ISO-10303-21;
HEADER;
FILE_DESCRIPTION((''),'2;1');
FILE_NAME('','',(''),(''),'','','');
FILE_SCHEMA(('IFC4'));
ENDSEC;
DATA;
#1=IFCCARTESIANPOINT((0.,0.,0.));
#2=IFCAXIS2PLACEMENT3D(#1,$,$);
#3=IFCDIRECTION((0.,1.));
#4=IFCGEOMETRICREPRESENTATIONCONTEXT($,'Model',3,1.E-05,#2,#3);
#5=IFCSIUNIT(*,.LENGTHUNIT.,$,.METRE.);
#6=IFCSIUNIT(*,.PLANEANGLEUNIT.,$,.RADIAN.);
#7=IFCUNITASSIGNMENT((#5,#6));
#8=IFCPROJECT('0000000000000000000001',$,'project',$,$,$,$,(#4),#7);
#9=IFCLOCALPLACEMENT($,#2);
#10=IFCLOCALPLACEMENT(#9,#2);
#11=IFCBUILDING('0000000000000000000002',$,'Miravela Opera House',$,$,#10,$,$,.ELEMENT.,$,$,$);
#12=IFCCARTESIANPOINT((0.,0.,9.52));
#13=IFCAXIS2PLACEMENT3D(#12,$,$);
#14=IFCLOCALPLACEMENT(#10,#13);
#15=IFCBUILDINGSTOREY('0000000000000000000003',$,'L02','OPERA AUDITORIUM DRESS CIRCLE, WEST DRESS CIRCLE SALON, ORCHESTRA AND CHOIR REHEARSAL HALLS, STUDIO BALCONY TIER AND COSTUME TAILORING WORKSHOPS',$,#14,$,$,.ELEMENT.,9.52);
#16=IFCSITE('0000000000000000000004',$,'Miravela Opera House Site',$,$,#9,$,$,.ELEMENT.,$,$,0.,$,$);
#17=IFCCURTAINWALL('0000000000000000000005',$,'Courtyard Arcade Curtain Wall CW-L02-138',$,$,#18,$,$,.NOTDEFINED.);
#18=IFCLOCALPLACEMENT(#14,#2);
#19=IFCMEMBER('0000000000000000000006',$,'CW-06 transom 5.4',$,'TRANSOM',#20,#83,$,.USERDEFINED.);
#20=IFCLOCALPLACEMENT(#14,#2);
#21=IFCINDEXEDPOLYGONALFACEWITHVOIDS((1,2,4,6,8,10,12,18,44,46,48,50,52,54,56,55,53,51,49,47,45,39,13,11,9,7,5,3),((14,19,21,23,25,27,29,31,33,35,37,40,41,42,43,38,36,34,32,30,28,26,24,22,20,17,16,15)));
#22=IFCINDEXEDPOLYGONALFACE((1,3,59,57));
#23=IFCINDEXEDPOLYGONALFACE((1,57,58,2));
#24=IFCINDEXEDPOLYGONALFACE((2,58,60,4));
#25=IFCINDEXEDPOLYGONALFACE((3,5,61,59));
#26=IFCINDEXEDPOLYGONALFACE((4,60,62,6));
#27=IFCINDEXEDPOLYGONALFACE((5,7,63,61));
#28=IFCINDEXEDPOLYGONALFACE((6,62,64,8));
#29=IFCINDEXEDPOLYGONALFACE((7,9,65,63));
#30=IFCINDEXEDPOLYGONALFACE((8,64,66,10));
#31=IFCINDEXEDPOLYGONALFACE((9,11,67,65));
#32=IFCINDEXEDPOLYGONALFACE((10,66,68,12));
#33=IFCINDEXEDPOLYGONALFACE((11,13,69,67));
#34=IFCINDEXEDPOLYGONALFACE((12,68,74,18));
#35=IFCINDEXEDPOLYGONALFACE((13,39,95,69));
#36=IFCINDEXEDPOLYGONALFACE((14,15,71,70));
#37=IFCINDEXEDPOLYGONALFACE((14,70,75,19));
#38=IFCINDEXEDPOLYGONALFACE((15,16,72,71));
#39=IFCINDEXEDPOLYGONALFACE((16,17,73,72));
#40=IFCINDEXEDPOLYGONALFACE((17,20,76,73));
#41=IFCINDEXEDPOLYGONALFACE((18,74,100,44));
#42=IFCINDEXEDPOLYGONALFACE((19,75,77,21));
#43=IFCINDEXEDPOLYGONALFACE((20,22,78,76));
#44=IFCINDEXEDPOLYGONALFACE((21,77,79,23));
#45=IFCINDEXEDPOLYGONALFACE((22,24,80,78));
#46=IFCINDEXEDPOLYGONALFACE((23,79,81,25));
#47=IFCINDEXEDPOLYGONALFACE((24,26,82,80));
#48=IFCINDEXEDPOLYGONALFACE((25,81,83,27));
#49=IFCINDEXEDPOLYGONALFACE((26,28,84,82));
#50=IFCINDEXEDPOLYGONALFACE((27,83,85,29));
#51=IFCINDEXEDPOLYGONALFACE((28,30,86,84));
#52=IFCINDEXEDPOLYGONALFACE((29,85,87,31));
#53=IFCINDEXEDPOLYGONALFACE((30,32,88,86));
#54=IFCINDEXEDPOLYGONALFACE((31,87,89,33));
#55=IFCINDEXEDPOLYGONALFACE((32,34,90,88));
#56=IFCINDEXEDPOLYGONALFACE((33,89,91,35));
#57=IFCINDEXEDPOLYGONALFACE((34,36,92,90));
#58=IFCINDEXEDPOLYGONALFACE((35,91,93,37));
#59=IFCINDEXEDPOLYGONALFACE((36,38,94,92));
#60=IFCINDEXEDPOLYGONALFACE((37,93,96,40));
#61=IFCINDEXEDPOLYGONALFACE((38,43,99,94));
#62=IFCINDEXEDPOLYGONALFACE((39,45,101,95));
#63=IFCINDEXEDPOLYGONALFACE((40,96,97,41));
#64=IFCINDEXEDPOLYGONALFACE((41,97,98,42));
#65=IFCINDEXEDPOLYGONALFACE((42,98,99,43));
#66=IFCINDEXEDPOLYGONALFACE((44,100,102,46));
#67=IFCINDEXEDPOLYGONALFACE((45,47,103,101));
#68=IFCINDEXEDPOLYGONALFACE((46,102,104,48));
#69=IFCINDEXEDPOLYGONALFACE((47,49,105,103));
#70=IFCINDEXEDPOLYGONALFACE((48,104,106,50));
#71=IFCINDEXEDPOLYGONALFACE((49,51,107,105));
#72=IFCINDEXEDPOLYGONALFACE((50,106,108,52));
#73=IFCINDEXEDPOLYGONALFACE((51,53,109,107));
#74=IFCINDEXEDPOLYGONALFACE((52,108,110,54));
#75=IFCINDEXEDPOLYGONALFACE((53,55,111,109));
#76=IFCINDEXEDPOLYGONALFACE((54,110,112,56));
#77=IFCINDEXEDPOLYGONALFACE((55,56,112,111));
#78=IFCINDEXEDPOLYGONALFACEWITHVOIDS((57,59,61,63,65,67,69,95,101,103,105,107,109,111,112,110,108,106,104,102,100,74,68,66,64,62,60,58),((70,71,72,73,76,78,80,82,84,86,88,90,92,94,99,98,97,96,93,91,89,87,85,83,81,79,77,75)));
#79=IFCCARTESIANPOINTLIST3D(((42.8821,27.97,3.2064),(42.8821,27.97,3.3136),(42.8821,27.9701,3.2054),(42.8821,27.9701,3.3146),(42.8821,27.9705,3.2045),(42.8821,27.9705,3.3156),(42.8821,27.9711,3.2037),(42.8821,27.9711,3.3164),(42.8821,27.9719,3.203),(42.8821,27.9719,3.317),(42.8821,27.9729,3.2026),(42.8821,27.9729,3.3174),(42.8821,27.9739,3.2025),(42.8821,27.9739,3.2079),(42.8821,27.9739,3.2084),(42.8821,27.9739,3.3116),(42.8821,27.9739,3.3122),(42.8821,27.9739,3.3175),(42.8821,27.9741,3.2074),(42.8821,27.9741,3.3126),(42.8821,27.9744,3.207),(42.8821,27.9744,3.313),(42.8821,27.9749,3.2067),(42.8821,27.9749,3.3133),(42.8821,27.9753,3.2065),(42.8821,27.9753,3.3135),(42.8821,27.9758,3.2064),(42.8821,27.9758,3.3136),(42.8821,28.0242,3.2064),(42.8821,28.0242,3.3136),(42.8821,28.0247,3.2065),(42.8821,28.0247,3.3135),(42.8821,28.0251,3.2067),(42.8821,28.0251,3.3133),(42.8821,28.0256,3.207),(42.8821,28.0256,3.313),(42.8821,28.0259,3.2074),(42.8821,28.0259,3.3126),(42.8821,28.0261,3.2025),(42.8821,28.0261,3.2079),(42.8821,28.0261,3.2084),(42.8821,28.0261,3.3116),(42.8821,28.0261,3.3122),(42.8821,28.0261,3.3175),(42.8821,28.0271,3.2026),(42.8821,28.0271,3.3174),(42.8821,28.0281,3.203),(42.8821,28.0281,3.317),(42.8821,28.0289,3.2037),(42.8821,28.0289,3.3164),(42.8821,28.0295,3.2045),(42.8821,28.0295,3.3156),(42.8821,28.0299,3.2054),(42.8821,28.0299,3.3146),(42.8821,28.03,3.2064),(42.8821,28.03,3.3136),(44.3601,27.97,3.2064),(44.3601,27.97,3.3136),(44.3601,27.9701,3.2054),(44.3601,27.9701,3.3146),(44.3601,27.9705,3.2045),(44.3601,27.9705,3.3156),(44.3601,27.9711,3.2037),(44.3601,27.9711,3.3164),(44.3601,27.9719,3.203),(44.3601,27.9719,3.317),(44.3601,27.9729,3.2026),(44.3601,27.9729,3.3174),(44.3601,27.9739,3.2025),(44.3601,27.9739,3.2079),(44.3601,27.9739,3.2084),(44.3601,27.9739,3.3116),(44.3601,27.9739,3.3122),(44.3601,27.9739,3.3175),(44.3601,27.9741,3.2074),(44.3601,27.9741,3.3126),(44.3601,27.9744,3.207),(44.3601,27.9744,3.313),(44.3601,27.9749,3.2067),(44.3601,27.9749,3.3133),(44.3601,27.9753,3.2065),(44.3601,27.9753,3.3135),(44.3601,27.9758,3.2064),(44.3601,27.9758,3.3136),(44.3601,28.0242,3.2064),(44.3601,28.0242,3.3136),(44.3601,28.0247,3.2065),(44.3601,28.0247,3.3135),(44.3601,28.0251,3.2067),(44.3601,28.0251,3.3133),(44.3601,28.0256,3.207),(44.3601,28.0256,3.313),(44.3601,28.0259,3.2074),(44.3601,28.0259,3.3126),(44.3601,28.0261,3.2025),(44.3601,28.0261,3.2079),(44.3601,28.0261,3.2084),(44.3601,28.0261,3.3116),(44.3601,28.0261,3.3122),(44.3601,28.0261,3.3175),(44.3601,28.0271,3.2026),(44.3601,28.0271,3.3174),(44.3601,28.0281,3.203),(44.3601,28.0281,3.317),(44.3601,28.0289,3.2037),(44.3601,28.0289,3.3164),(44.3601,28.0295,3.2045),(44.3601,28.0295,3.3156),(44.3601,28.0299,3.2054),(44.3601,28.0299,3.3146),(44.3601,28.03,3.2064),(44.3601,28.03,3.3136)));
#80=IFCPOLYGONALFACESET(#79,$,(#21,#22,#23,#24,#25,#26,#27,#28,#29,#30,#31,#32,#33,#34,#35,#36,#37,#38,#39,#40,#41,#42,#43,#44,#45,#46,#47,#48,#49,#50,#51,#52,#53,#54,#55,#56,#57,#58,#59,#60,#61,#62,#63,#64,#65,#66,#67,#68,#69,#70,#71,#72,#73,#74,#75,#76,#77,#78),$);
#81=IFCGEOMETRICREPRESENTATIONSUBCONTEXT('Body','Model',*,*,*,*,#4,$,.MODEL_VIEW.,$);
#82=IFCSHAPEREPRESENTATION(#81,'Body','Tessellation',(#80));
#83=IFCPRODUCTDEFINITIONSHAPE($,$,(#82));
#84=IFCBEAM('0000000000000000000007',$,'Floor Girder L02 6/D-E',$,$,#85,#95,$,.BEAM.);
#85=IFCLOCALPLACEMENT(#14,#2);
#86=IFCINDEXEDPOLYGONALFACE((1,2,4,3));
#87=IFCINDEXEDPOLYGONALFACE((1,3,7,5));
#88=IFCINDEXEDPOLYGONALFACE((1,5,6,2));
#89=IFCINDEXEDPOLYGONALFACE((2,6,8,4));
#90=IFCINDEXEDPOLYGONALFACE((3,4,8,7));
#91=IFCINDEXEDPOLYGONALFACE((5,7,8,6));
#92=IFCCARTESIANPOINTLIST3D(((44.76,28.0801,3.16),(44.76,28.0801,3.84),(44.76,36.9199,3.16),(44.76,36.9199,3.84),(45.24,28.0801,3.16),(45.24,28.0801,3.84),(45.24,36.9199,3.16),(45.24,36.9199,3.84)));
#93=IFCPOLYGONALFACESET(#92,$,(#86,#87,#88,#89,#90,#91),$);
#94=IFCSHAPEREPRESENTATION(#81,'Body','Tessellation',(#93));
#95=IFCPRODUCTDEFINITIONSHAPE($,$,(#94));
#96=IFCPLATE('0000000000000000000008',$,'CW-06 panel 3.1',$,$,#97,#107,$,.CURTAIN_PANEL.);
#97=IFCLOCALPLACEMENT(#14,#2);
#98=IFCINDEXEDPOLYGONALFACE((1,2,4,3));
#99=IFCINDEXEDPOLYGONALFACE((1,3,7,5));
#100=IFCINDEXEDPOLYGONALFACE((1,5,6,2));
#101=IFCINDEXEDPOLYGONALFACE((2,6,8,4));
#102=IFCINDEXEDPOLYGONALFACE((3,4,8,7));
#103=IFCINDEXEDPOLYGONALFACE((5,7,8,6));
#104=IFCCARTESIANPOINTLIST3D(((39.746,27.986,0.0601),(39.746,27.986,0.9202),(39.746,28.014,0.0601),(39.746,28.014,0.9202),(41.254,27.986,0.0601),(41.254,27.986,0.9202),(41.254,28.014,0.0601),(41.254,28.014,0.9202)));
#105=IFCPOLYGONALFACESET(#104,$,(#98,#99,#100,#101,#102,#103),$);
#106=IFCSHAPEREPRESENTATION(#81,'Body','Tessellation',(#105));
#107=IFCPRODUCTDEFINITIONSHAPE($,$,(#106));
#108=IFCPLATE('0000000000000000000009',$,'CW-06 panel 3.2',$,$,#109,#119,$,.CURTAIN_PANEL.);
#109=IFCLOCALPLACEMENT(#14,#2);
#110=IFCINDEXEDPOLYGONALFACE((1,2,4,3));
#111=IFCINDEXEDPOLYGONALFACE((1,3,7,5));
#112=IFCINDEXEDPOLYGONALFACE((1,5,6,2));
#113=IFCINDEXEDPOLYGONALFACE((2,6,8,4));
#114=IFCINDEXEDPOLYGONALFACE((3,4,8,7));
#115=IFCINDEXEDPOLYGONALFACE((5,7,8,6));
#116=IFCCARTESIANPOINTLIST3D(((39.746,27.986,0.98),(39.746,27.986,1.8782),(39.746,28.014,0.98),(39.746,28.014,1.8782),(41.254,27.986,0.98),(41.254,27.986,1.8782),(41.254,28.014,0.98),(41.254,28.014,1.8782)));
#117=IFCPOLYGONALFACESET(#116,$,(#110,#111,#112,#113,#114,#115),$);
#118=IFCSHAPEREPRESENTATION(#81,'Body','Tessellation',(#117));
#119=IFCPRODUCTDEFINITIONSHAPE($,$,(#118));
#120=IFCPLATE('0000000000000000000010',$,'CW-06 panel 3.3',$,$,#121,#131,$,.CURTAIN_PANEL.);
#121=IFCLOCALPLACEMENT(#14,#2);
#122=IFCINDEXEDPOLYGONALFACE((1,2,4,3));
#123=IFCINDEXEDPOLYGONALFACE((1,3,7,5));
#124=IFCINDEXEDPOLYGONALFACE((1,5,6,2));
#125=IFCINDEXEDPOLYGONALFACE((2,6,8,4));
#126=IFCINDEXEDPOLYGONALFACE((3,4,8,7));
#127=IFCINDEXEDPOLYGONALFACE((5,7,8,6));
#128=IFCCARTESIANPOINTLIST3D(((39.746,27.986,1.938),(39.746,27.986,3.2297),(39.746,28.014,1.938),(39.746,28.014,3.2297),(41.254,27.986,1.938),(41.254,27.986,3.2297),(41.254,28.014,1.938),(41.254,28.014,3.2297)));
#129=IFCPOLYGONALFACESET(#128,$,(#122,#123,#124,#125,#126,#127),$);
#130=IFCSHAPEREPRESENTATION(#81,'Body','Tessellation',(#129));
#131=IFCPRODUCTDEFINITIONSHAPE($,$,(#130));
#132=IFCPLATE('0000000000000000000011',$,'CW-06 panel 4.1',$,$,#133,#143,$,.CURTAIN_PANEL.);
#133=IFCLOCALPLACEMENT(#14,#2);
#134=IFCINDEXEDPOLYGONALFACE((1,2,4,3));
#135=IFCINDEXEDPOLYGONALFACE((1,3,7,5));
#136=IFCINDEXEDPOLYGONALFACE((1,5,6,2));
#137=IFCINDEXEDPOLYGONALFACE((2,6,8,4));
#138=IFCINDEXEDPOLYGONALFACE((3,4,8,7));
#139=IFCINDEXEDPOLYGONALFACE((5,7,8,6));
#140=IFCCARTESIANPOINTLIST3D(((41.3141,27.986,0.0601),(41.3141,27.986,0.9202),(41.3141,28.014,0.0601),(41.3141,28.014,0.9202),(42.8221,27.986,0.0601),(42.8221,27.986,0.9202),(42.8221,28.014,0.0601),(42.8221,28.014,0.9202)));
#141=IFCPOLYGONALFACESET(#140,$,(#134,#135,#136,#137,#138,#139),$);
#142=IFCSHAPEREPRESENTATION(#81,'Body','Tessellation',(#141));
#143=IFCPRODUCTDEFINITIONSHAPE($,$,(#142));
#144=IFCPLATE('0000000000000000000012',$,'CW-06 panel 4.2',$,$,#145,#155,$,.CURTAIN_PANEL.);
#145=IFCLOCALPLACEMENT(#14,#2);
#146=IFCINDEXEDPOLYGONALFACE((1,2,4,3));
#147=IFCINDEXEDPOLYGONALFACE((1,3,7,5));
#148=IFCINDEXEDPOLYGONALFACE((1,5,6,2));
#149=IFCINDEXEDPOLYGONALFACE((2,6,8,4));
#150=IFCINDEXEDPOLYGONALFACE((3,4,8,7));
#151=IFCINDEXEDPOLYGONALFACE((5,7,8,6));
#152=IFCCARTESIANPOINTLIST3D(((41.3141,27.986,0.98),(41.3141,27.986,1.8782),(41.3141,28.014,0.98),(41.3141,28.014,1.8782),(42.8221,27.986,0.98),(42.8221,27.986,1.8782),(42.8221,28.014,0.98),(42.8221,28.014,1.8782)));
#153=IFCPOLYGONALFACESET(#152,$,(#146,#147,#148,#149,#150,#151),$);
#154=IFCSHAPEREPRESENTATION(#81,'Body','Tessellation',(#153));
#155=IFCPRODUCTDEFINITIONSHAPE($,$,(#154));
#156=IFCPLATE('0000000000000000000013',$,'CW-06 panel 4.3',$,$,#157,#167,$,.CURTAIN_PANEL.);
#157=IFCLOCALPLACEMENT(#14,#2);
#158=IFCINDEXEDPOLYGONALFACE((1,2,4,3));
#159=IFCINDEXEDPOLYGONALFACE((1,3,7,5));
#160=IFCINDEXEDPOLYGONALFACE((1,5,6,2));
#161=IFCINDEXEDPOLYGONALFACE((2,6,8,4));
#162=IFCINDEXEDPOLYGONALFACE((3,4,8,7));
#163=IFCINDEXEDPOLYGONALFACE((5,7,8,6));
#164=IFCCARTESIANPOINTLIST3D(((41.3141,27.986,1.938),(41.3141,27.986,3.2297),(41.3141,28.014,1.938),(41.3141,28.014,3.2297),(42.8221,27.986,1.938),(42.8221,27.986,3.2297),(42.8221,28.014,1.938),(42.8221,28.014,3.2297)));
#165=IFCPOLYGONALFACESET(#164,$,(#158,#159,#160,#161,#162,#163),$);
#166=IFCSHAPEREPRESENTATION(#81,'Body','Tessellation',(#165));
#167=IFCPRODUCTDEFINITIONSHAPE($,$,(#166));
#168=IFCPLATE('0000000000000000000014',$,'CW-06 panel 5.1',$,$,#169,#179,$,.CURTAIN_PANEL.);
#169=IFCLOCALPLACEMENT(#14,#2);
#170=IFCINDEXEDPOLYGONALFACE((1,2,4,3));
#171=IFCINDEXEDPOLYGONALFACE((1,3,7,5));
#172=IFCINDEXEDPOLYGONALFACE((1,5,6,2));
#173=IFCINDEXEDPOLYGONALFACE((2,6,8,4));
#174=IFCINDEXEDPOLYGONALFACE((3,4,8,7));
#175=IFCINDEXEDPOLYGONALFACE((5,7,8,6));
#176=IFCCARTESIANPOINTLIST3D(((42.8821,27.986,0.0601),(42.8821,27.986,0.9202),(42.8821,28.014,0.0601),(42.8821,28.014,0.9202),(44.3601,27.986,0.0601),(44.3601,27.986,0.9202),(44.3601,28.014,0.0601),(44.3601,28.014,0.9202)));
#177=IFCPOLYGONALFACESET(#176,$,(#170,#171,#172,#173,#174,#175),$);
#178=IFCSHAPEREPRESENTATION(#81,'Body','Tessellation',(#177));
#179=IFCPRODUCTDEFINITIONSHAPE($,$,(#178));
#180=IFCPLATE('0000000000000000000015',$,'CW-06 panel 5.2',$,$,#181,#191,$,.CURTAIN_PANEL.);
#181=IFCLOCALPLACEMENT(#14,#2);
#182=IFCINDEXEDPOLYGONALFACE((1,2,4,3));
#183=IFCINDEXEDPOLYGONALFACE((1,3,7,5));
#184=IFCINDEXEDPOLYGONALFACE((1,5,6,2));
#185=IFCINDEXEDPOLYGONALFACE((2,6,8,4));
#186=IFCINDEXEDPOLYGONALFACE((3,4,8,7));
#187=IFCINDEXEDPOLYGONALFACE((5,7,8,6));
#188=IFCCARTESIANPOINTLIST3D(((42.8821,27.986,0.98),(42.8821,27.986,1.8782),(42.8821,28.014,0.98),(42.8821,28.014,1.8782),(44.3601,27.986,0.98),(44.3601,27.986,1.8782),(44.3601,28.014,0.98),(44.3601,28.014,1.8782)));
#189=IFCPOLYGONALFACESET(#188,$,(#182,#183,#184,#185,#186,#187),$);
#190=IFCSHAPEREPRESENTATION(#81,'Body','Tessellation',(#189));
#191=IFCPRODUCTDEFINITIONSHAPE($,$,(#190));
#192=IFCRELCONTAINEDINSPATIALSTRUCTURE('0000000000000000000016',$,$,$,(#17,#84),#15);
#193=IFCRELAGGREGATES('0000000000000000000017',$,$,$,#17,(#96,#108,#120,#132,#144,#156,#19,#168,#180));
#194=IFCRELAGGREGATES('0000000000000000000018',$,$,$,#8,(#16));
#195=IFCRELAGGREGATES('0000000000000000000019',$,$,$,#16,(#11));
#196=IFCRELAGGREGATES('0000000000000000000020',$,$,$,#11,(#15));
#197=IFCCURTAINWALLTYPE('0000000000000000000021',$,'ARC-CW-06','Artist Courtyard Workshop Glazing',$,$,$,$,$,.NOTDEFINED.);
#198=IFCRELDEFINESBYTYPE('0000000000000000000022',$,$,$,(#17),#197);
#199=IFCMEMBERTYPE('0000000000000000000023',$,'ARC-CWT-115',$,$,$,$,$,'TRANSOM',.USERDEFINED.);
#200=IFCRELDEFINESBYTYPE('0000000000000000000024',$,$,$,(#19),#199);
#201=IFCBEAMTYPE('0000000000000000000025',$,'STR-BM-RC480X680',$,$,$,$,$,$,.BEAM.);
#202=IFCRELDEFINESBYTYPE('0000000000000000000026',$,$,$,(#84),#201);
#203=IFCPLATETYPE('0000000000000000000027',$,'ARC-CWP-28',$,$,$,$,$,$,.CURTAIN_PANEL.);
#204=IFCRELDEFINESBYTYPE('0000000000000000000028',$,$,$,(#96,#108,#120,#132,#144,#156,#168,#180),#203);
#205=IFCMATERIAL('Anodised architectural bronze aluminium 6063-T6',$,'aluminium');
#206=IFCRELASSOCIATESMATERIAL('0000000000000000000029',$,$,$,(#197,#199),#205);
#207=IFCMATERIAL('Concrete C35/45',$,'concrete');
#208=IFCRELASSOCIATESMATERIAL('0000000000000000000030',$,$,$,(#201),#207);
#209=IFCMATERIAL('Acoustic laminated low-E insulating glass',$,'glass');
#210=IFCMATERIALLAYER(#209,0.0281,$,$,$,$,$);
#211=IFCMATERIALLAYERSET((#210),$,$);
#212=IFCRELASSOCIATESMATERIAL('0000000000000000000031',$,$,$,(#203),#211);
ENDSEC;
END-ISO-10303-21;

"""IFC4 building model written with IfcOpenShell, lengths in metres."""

from ifc_helpers import new_model, si_unit, direction, frame, origin, origin_2d, place, context, subcontext, project, spatial, rectangle, hollow_rectangle, extrude, material, layer, layer_set, material_profile, profile_set, type_object, element, aggregate, save


model = new_model("IFC4")

# Units and contexts
model_context = context("Model", 3, precision=1e-05, world=origin(), true_north=direction((0.0, 1.0)))
body_context = subcontext(model_context, "Body", "Model", "MODEL_VIEW")
ifc_project = project(units=[si_unit("LENGTHUNIT", "METRE"), si_unit("PLANEANGLEUNIT", "RADIAN")], contexts=[model_context])

# Site, building, storey
site_placement = place(None, origin())
site = spatial("IfcSite", under=ifc_project, at=site_placement, Name="Miravela Opera House Site", CompositionType="ELEMENT", RefElevation=0.0)
building_placement = place(site_placement, origin())
building = spatial("IfcBuilding", under=site, at=building_placement, Name="Miravela Opera House", CompositionType="ELEMENT")
storey_placement = place(building_placement, frame((0.0, 0.0, 9.52)))
storey = spatial("IfcBuildingStorey", under=building, at=storey_placement, Name="L02", Description="OPERA AUDITORIUM DRESS CIRCLE, WEST DRESS CIRCLE SALON, ORCHESTRA AND CHOIR REHEARSAL HALLS, STUDIO BALCONY TIER AND COSTUME TAILORING WORKSHOPS", CompositionType="ELEMENT", Elevation=9.52)

# Shared definitions
ifc_material_1 = material(Name="Concrete C35/45", Category="concrete")

# Curtain wall, member
ifc_material_2 = material(Name="Anodised architectural bronze aluminium 6063-T6", Category="aluminium")
curtain_wall_type = type_object("IfcCurtainWallType", Name="ARC-CW-06", Description="Artist Courtyard Workshop Glazing", PredefinedType="NOTDEFINED", material=ifc_material_2)
curtain_wall_placement = place(storey_placement, origin())
curtain_wall = element("IfcCurtainWall", 1, at=curtain_wall_placement, inside=storey, type_object=curtain_wall_type, Name="Courtyard Arcade Curtain Wall CW-L02-138", PredefinedType="NOTDEFINED")
ifc_material_profile_1 = material_profile(ifc_material_2, hollow_rectangle(XDim=0.0601, YDim=0.115, WallThickness=0.0039, InnerFilletRadius=0.002, OuterFilletRadius=0.0039, at=origin_2d()), Name="CWT-60X115")
ifc_profile_set_1 = profile_set([ifc_material_profile_1])
member_type_1 = type_object("IfcMemberType", Name="ARC-CWT-115", ElementType="TRANSOM", PredefinedType="USERDEFINED", material=ifc_profile_set_1)
member_1_placement = place(storey_placement, frame((42.8821, 28.0, 3.26), z_axis=(1.0, 0.0, 0.0), x_axis=(0.0, 1.0, 0.0)))
member_1 = element("IfcMember", 2, at=member_1_placement, type_object=member_type_1, Name="CW-06 transom 5.4", ObjectType="TRANSOM", PredefinedType="USERDEFINED", context=body_context, shape_type="SweptSolid", body=[
    extrude(hollow_rectangle(XDim=0.0601, YDim=0.115, WallThickness=0.0039, InnerFilletRadius=0.002, OuterFilletRadius=0.0039, at=origin_2d()), origin(), (0.0, 0.0, 1.0), 1.478),
])

# Beam
ifc_material_profile_2 = material_profile(ifc_material_1, rectangle(XDim=0.48, YDim=0.6799, at=origin_2d()), Name="RC-BM-480X680")
ifc_profile_set_2 = profile_set([ifc_material_profile_2])
beam_type = type_object("IfcBeamType", Name="STR-BM-RC480X680", PredefinedType="BEAM", material=ifc_profile_set_2)
beam_placement = place(storey_placement, frame((45.0, 28.0801, 3.5), z_axis=(0.0, 1.0, 0.0), x_axis=(-1.0, 0.0, 0.0)))
element("IfcBeam", 3, at=beam_placement, inside=storey, type_object=beam_type, Name="Floor Girder L02 6/D-E", PredefinedType="BEAM", context=body_context, shape_type="SweptSolid", body=[
    extrude(rectangle(XDim=0.48, YDim=0.6799, at=origin_2d()), origin(), (0.0, 0.0, 1.0), 8.8398),
])

# Plates
ifc_material_3 = material(Name="Acoustic laminated low-E insulating glass", Category="glass")
ifc_layer = layer(ifc_material_3, 0.0281)
ifc_layer_set = layer_set([ifc_layer])
plate_type = type_object("IfcPlateType", Name="ARC-CWP-28", PredefinedType="CURTAIN_PANEL", material=ifc_layer_set)
plate_1_placement = place(storey_placement, frame((40.5, 28.0, 0.0601), z_axis=(0.0, 0.0, 1.0), x_axis=(1.0, 0.0, 0.0)))
plate_1 = element("IfcPlate", 4, at=plate_1_placement, type_object=plate_type, Name="CW-06 panel 3.1", PredefinedType="CURTAIN_PANEL", context=body_context, shape_type="SweptSolid", body=[
    extrude(rectangle(XDim=1.5081, YDim=0.0281, at=origin_2d()), origin(), (0.0, 0.0, 1.0), 0.8601),
])
plate_2_placement = place(storey_placement, frame((40.5, 28.0, 0.98), z_axis=(0.0, 0.0, 1.0), x_axis=(1.0, 0.0, 0.0)))
plate_2 = element("IfcPlate", 5, at=plate_2_placement, type_object=plate_type, Name="CW-06 panel 3.2", PredefinedType="CURTAIN_PANEL", context=body_context, shape_type="SweptSolid", body=[
    extrude(rectangle(XDim=1.5081, YDim=0.0281, at=origin_2d()), origin(), (0.0, 0.0, 1.0), 0.8982),
])
plate_3_placement = place(storey_placement, frame((40.5, 28.0, 1.938), z_axis=(0.0, 0.0, 1.0), x_axis=(1.0, 0.0, 0.0)))
plate_3 = element("IfcPlate", 6, at=plate_3_placement, type_object=plate_type, Name="CW-06 panel 3.3", PredefinedType="CURTAIN_PANEL", context=body_context, shape_type="SweptSolid", body=[
    extrude(rectangle(XDim=1.5081, YDim=0.0281, at=origin_2d()), origin(), (0.0, 0.0, 1.0), 1.2917),
])
plate_4_placement = place(storey_placement, frame((42.0681, 28.0, 0.0601), z_axis=(0.0, 0.0, 1.0), x_axis=(1.0, 0.0, 0.0)))
plate_4 = element("IfcPlate", 7, at=plate_4_placement, type_object=plate_type, Name="CW-06 panel 4.1", PredefinedType="CURTAIN_PANEL", context=body_context, shape_type="SweptSolid", body=[
    extrude(rectangle(XDim=1.5081, YDim=0.0281, at=origin_2d()), origin(), (0.0, 0.0, 1.0), 0.8601),
])
plate_5_placement = place(storey_placement, frame((42.0681, 28.0, 0.98), z_axis=(0.0, 0.0, 1.0), x_axis=(1.0, 0.0, 0.0)))
plate_5 = element("IfcPlate", 8, at=plate_5_placement, type_object=plate_type, Name="CW-06 panel 4.2", PredefinedType="CURTAIN_PANEL", context=body_context, shape_type="SweptSolid", body=[
    extrude(rectangle(XDim=1.5081, YDim=0.0281, at=origin_2d()), origin(), (0.0, 0.0, 1.0), 0.8982),
])
plate_6_placement = place(storey_placement, frame((42.0681, 28.0, 1.938), z_axis=(0.0, 0.0, 1.0), x_axis=(1.0, 0.0, 0.0)))
plate_6 = element("IfcPlate", 9, at=plate_6_placement, type_object=plate_type, Name="CW-06 panel 4.3", PredefinedType="CURTAIN_PANEL", context=body_context, shape_type="SweptSolid", body=[
    extrude(rectangle(XDim=1.5081, YDim=0.0281, at=origin_2d()), origin(), (0.0, 0.0, 1.0), 1.2917),
])
plate_7_placement = place(storey_placement, frame((43.6211, 28.0, 0.0601), z_axis=(0.0, 0.0, 1.0), x_axis=(1.0, 0.0, 0.0)))
plate_7 = element("IfcPlate", 10, at=plate_7_placement, type_object=plate_type, Name="CW-06 panel 5.1", PredefinedType="CURTAIN_PANEL", context=body_context, shape_type="SweptSolid", body=[
    extrude(rectangle(XDim=1.478, YDim=0.0281, at=origin_2d()), origin(), (0.0, 0.0, 1.0), 0.8601),
])
plate_8_placement = place(storey_placement, frame((43.6211, 28.0, 0.98), z_axis=(0.0, 0.0, 1.0), x_axis=(1.0, 0.0, 0.0)))
plate_8 = element("IfcPlate", 11, at=plate_8_placement, type_object=plate_type, Name="CW-06 panel 5.2", PredefinedType="CURTAIN_PANEL", context=body_context, shape_type="SweptSolid", body=[
    extrude(rectangle(XDim=1.478, YDim=0.0281, at=origin_2d()), origin(), (0.0, 0.0, 1.0), 0.8982),
])
aggregate(curtain_wall, [plate_1, plate_2, plate_3, plate_4, plate_5, plate_6, member_1, plate_7, plate_8])

save(model, "model.ifc")
